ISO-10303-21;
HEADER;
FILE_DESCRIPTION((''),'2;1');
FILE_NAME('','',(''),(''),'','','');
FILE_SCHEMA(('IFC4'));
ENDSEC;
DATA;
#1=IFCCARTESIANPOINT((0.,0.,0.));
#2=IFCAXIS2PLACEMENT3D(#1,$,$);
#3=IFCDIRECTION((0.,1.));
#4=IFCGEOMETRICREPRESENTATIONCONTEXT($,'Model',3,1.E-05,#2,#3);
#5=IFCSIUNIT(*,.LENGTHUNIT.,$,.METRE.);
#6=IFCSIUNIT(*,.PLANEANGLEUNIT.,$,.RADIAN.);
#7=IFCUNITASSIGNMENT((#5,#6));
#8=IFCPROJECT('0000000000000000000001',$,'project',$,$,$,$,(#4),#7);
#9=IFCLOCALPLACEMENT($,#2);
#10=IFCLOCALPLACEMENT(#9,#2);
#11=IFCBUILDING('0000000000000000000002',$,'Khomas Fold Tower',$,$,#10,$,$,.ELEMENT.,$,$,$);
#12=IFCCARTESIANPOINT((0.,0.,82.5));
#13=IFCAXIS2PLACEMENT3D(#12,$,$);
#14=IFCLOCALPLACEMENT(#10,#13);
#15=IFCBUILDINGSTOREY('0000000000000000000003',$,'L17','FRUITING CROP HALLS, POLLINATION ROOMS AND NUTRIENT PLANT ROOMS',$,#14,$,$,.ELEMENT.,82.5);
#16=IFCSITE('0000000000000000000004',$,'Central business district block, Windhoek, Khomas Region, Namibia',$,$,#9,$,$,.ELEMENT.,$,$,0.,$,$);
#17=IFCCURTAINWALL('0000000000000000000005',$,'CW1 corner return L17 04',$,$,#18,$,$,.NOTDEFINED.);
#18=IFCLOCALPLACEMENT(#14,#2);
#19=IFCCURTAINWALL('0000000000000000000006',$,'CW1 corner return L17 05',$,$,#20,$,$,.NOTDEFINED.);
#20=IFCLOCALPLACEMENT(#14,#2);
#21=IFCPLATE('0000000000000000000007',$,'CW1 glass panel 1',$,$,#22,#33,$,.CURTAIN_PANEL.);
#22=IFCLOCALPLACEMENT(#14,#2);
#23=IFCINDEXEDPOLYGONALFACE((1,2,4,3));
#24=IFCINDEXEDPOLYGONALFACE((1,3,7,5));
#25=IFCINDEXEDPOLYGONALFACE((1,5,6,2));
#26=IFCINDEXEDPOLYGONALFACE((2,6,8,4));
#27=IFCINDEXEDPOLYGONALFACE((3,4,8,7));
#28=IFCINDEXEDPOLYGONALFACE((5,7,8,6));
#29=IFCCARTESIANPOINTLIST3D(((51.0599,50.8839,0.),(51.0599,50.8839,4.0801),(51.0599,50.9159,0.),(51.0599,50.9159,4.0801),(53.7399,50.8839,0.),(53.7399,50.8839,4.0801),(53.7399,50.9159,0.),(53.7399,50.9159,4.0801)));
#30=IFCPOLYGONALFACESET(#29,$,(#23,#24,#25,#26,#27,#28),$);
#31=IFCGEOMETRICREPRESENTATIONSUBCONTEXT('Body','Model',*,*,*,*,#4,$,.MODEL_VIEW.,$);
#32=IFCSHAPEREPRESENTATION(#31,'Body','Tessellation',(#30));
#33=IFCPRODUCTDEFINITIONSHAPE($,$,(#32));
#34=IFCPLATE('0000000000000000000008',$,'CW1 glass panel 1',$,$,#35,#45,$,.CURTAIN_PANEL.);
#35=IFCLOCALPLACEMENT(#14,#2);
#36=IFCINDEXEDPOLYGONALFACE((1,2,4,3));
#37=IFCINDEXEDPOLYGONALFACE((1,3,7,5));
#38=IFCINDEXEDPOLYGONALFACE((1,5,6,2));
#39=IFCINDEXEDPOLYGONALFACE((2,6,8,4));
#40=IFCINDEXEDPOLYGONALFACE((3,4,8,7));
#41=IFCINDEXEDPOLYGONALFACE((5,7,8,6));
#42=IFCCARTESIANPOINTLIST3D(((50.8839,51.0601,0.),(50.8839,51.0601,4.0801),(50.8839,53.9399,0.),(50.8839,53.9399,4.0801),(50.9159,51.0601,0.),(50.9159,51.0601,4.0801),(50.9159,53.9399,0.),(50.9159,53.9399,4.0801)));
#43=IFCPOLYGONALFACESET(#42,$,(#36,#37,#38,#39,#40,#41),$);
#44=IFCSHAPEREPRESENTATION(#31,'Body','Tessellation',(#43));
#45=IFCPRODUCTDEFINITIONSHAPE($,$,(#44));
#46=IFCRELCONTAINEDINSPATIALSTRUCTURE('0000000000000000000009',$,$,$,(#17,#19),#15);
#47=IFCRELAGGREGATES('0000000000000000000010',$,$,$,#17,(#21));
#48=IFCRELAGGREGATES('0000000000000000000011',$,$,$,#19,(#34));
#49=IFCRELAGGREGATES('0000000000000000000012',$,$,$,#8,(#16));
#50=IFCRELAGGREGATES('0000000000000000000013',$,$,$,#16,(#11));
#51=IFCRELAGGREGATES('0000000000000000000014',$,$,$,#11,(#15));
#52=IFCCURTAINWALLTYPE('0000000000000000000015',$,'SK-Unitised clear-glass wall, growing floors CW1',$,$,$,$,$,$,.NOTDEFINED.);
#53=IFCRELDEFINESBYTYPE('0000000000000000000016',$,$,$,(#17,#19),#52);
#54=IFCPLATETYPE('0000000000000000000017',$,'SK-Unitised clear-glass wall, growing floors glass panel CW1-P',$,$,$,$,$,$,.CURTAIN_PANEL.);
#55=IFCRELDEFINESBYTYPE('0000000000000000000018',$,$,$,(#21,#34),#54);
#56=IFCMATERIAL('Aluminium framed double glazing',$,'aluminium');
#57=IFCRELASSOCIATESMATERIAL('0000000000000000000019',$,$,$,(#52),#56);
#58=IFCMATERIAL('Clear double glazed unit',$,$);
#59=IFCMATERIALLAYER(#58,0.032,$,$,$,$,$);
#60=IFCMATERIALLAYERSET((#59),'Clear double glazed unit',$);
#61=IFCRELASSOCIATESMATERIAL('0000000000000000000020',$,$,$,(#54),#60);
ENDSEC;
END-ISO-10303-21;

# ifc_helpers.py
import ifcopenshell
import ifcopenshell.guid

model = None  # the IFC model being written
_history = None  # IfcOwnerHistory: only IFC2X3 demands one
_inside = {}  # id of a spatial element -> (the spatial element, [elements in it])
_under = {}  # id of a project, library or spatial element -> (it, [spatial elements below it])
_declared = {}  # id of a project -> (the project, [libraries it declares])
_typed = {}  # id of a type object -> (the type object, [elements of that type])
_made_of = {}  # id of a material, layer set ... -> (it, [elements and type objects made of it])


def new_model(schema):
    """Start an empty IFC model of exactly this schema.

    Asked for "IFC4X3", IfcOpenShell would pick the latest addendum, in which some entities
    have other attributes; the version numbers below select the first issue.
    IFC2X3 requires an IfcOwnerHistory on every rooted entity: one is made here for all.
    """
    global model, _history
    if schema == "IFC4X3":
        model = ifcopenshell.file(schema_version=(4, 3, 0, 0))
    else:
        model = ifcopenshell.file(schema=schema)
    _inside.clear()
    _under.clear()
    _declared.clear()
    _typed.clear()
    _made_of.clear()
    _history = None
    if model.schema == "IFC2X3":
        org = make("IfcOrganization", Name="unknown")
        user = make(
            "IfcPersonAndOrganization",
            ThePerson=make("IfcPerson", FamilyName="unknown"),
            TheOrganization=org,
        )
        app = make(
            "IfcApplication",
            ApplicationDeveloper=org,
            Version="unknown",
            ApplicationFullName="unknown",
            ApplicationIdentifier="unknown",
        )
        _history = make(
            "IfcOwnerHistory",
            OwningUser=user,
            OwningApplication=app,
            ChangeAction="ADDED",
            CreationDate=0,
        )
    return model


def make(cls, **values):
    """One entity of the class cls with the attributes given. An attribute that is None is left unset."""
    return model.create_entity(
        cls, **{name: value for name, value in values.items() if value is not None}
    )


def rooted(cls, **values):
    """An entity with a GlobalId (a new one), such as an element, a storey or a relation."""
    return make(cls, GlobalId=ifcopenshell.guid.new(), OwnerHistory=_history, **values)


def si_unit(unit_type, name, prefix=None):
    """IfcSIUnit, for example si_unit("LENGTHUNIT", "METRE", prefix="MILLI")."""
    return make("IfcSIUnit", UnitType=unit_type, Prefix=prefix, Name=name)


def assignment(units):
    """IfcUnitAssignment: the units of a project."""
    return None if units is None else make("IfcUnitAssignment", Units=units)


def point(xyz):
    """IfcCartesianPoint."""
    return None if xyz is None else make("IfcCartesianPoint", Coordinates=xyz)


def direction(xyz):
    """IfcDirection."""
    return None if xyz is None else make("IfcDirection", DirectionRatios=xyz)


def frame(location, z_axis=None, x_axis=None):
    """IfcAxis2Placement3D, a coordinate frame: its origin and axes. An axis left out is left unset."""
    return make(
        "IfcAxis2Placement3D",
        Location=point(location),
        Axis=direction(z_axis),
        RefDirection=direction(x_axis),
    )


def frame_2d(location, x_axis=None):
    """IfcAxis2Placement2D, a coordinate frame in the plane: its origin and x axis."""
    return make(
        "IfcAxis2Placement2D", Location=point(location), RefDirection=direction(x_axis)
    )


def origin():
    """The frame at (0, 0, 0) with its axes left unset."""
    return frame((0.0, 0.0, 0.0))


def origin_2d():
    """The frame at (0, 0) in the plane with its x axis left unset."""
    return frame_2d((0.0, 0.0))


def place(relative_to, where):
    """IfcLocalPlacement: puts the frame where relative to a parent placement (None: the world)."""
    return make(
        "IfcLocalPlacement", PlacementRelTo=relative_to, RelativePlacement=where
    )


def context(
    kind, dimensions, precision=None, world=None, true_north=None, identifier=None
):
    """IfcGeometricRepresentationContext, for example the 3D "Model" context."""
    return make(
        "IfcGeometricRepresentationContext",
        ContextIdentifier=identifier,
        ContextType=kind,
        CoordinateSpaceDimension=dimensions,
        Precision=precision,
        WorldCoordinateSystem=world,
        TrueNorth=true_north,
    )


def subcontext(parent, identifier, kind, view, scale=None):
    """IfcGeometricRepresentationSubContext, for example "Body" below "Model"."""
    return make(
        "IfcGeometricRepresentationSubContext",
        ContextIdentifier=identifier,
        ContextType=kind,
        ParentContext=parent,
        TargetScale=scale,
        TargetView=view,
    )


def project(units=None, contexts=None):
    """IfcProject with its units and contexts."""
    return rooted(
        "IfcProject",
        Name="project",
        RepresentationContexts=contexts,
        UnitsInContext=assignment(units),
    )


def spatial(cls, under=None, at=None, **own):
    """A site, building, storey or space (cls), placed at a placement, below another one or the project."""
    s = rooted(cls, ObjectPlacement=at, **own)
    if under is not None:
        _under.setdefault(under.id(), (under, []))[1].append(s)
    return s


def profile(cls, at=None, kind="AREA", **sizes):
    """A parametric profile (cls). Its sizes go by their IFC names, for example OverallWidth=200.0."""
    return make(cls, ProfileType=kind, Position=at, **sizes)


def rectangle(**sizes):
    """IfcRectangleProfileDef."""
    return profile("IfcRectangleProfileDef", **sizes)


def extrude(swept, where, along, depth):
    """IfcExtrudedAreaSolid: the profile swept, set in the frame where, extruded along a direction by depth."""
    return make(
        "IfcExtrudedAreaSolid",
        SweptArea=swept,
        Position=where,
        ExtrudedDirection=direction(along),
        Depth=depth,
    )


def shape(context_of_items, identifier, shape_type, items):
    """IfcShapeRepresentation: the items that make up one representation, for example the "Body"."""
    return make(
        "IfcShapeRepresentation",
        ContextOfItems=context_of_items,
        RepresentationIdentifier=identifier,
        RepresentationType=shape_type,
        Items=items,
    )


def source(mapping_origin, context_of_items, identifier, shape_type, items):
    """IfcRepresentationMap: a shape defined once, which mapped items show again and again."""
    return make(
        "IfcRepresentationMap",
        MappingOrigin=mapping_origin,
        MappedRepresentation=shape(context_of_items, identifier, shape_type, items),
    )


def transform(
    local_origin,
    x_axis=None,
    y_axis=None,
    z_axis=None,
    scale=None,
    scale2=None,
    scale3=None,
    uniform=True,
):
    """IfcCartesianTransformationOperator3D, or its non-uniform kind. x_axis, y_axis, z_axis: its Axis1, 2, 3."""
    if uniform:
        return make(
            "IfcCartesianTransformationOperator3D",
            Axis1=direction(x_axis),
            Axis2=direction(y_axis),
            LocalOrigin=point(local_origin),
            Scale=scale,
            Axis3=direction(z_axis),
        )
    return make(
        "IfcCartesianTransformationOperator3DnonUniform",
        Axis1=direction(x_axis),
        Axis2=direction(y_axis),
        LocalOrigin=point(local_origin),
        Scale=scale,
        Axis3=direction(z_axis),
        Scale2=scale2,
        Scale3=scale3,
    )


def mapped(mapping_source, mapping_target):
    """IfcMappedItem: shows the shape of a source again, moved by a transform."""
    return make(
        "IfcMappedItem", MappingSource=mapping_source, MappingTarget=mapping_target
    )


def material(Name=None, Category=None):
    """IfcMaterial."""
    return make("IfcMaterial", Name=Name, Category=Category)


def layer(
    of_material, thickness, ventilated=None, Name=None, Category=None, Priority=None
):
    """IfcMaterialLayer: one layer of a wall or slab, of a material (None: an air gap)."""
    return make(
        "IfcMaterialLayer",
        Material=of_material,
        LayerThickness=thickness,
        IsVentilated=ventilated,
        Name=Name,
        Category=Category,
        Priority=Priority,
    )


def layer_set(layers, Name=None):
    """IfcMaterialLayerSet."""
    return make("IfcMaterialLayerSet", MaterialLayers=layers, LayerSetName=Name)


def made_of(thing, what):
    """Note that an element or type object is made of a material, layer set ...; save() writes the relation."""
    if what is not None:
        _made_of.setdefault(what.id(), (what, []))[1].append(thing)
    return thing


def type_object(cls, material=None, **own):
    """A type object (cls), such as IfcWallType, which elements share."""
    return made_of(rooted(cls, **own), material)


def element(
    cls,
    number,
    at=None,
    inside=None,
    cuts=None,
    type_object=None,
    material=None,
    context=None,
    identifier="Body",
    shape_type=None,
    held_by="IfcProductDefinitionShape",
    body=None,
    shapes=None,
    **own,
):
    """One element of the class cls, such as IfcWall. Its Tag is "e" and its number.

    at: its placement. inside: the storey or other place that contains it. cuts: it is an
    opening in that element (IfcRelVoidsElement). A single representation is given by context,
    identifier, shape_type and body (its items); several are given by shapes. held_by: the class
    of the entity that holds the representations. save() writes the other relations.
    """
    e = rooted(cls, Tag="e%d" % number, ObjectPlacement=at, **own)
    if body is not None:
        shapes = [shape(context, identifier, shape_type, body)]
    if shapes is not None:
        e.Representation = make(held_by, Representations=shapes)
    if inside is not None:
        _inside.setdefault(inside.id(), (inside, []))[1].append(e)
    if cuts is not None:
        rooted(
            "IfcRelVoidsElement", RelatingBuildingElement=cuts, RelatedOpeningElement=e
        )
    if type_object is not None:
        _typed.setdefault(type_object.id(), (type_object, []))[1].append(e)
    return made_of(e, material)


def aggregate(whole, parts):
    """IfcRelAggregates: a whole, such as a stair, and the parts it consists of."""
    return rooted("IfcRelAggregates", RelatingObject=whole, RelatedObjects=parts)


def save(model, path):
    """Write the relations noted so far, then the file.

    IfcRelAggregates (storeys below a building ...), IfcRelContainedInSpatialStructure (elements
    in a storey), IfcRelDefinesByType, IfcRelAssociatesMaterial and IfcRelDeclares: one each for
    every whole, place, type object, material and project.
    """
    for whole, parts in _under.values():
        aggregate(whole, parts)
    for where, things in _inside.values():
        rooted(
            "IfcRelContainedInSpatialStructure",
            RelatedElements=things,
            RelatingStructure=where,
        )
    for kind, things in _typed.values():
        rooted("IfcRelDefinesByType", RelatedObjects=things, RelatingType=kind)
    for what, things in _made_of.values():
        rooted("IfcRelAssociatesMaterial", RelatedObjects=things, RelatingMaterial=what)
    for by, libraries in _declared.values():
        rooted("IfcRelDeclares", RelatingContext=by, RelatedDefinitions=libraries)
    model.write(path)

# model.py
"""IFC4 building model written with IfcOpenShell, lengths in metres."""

from ifc_helpers import new_model, si_unit, direction, frame, origin, origin_2d, place, context, subcontext, project, spatial, rectangle, extrude, source, transform, mapped, material, layer, layer_set, type_object, element, aggregate, save


model = new_model("IFC4")

# Units and contexts
model_context = context("Model", 3, precision=1e-05, world=origin(), true_north=direction((0.0, 1.0)))
body_context = subcontext(model_context, "Body", "Model", "MODEL_VIEW")
ifc_project = project(units=[si_unit("LENGTHUNIT", "METRE"), si_unit("PLANEANGLEUNIT", "RADIAN")], contexts=[model_context])

# Site, building, storey
site_placement = place(None, origin())
site = spatial("IfcSite", under=ifc_project, at=site_placement, Name="Central business district block, Windhoek, Khomas Region, Namibia", CompositionType="ELEMENT", RefElevation=0.0)
building_placement = place(site_placement, origin())
building = spatial("IfcBuilding", under=site, at=building_placement, Name="Khomas Fold Tower", CompositionType="ELEMENT")
storey_placement = place(building_placement, frame((0.0, 0.0, 82.5)))
storey = spatial("IfcBuildingStorey", under=building, at=storey_placement, Name="L17", Description="FRUITING CROP HALLS, POLLINATION ROOMS AND NUTRIENT PLANT ROOMS", CompositionType="ELEMENT", Elevation=82.5)

# Shared definitions
ifc_material_1 = material(Name="Aluminium framed double glazing", Category="aluminium")
curtain_wall_type = type_object("IfcCurtainWallType", Name="SK-Unitised clear-glass wall, growing floors CW1", PredefinedType="NOTDEFINED", material=ifc_material_1)

# Curtain walls
curtain_wall_1_placement = place(storey_placement, origin())
curtain_wall_1 = element("IfcCurtainWall", 1, at=curtain_wall_1_placement, inside=storey, type_object=curtain_wall_type, Name="CW1 corner return L17 04", PredefinedType="NOTDEFINED")
curtain_wall_2_placement = place(storey_placement, origin())
curtain_wall_2 = element("IfcCurtainWall", 2, at=curtain_wall_2_placement, inside=storey, type_object=curtain_wall_type, Name="CW1 corner return L17 05", PredefinedType="NOTDEFINED")

# Plates
ifc_material_2 = material(Name="Clear double glazed unit")
ifc_layer = layer(ifc_material_2, 0.032)
ifc_layer_set = layer_set([ifc_layer], Name="Clear double glazed unit")
plate_type = type_object("IfcPlateType", Name="SK-Unitised clear-glass wall, growing floors glass panel CW1-P", PredefinedType="CURTAIN_PANEL", material=ifc_layer_set)
shared_shape_1 = source(origin(), body_context, "Body", "SweptSolid", [
    extrude(rectangle(XDim=2.6799, YDim=0.032, at=origin_2d()), origin(), (0.0, 0.0, 1.0), 4.0801),
])
plate_1_placement = place(storey_placement, frame((52.3999, 50.8999, 0.0), z_axis=(0.0, 0.0, 1.0), x_axis=(-1.0, 0.0, 0.0)))
plate_1 = element("IfcPlate", 3, at=plate_1_placement, type_object=plate_type, Name="CW1 glass panel 1", PredefinedType="CURTAIN_PANEL", context=body_context, shape_type="MappedRepresentation", body=[
    mapped(shared_shape_1, transform((0.0, 0.0, 0.0))),
])
aggregate(curtain_wall_1, [plate_1])
shared_shape_2 = source(origin(), body_context, "Body", "SweptSolid", [
    extrude(rectangle(XDim=2.8799, YDim=0.032, at=origin_2d()), origin(), (0.0, 0.0, 1.0), 4.0801),
])
plate_2_placement = place(storey_placement, frame((50.8999, 52.5, 0.0), z_axis=(0.0, 0.0, 1.0), x_axis=(0.0, 1.0, 0.0)))
plate_2 = element("IfcPlate", 4, at=plate_2_placement, type_object=plate_type, Name="CW1 glass panel 1", PredefinedType="CURTAIN_PANEL", context=body_context, shape_type="MappedRepresentation", body=[
    mapped(shared_shape_2, transform((0.0, 0.0, 0.0))),
])
aggregate(curtain_wall_2, [plate_2])

save(model, "model.ifc")
